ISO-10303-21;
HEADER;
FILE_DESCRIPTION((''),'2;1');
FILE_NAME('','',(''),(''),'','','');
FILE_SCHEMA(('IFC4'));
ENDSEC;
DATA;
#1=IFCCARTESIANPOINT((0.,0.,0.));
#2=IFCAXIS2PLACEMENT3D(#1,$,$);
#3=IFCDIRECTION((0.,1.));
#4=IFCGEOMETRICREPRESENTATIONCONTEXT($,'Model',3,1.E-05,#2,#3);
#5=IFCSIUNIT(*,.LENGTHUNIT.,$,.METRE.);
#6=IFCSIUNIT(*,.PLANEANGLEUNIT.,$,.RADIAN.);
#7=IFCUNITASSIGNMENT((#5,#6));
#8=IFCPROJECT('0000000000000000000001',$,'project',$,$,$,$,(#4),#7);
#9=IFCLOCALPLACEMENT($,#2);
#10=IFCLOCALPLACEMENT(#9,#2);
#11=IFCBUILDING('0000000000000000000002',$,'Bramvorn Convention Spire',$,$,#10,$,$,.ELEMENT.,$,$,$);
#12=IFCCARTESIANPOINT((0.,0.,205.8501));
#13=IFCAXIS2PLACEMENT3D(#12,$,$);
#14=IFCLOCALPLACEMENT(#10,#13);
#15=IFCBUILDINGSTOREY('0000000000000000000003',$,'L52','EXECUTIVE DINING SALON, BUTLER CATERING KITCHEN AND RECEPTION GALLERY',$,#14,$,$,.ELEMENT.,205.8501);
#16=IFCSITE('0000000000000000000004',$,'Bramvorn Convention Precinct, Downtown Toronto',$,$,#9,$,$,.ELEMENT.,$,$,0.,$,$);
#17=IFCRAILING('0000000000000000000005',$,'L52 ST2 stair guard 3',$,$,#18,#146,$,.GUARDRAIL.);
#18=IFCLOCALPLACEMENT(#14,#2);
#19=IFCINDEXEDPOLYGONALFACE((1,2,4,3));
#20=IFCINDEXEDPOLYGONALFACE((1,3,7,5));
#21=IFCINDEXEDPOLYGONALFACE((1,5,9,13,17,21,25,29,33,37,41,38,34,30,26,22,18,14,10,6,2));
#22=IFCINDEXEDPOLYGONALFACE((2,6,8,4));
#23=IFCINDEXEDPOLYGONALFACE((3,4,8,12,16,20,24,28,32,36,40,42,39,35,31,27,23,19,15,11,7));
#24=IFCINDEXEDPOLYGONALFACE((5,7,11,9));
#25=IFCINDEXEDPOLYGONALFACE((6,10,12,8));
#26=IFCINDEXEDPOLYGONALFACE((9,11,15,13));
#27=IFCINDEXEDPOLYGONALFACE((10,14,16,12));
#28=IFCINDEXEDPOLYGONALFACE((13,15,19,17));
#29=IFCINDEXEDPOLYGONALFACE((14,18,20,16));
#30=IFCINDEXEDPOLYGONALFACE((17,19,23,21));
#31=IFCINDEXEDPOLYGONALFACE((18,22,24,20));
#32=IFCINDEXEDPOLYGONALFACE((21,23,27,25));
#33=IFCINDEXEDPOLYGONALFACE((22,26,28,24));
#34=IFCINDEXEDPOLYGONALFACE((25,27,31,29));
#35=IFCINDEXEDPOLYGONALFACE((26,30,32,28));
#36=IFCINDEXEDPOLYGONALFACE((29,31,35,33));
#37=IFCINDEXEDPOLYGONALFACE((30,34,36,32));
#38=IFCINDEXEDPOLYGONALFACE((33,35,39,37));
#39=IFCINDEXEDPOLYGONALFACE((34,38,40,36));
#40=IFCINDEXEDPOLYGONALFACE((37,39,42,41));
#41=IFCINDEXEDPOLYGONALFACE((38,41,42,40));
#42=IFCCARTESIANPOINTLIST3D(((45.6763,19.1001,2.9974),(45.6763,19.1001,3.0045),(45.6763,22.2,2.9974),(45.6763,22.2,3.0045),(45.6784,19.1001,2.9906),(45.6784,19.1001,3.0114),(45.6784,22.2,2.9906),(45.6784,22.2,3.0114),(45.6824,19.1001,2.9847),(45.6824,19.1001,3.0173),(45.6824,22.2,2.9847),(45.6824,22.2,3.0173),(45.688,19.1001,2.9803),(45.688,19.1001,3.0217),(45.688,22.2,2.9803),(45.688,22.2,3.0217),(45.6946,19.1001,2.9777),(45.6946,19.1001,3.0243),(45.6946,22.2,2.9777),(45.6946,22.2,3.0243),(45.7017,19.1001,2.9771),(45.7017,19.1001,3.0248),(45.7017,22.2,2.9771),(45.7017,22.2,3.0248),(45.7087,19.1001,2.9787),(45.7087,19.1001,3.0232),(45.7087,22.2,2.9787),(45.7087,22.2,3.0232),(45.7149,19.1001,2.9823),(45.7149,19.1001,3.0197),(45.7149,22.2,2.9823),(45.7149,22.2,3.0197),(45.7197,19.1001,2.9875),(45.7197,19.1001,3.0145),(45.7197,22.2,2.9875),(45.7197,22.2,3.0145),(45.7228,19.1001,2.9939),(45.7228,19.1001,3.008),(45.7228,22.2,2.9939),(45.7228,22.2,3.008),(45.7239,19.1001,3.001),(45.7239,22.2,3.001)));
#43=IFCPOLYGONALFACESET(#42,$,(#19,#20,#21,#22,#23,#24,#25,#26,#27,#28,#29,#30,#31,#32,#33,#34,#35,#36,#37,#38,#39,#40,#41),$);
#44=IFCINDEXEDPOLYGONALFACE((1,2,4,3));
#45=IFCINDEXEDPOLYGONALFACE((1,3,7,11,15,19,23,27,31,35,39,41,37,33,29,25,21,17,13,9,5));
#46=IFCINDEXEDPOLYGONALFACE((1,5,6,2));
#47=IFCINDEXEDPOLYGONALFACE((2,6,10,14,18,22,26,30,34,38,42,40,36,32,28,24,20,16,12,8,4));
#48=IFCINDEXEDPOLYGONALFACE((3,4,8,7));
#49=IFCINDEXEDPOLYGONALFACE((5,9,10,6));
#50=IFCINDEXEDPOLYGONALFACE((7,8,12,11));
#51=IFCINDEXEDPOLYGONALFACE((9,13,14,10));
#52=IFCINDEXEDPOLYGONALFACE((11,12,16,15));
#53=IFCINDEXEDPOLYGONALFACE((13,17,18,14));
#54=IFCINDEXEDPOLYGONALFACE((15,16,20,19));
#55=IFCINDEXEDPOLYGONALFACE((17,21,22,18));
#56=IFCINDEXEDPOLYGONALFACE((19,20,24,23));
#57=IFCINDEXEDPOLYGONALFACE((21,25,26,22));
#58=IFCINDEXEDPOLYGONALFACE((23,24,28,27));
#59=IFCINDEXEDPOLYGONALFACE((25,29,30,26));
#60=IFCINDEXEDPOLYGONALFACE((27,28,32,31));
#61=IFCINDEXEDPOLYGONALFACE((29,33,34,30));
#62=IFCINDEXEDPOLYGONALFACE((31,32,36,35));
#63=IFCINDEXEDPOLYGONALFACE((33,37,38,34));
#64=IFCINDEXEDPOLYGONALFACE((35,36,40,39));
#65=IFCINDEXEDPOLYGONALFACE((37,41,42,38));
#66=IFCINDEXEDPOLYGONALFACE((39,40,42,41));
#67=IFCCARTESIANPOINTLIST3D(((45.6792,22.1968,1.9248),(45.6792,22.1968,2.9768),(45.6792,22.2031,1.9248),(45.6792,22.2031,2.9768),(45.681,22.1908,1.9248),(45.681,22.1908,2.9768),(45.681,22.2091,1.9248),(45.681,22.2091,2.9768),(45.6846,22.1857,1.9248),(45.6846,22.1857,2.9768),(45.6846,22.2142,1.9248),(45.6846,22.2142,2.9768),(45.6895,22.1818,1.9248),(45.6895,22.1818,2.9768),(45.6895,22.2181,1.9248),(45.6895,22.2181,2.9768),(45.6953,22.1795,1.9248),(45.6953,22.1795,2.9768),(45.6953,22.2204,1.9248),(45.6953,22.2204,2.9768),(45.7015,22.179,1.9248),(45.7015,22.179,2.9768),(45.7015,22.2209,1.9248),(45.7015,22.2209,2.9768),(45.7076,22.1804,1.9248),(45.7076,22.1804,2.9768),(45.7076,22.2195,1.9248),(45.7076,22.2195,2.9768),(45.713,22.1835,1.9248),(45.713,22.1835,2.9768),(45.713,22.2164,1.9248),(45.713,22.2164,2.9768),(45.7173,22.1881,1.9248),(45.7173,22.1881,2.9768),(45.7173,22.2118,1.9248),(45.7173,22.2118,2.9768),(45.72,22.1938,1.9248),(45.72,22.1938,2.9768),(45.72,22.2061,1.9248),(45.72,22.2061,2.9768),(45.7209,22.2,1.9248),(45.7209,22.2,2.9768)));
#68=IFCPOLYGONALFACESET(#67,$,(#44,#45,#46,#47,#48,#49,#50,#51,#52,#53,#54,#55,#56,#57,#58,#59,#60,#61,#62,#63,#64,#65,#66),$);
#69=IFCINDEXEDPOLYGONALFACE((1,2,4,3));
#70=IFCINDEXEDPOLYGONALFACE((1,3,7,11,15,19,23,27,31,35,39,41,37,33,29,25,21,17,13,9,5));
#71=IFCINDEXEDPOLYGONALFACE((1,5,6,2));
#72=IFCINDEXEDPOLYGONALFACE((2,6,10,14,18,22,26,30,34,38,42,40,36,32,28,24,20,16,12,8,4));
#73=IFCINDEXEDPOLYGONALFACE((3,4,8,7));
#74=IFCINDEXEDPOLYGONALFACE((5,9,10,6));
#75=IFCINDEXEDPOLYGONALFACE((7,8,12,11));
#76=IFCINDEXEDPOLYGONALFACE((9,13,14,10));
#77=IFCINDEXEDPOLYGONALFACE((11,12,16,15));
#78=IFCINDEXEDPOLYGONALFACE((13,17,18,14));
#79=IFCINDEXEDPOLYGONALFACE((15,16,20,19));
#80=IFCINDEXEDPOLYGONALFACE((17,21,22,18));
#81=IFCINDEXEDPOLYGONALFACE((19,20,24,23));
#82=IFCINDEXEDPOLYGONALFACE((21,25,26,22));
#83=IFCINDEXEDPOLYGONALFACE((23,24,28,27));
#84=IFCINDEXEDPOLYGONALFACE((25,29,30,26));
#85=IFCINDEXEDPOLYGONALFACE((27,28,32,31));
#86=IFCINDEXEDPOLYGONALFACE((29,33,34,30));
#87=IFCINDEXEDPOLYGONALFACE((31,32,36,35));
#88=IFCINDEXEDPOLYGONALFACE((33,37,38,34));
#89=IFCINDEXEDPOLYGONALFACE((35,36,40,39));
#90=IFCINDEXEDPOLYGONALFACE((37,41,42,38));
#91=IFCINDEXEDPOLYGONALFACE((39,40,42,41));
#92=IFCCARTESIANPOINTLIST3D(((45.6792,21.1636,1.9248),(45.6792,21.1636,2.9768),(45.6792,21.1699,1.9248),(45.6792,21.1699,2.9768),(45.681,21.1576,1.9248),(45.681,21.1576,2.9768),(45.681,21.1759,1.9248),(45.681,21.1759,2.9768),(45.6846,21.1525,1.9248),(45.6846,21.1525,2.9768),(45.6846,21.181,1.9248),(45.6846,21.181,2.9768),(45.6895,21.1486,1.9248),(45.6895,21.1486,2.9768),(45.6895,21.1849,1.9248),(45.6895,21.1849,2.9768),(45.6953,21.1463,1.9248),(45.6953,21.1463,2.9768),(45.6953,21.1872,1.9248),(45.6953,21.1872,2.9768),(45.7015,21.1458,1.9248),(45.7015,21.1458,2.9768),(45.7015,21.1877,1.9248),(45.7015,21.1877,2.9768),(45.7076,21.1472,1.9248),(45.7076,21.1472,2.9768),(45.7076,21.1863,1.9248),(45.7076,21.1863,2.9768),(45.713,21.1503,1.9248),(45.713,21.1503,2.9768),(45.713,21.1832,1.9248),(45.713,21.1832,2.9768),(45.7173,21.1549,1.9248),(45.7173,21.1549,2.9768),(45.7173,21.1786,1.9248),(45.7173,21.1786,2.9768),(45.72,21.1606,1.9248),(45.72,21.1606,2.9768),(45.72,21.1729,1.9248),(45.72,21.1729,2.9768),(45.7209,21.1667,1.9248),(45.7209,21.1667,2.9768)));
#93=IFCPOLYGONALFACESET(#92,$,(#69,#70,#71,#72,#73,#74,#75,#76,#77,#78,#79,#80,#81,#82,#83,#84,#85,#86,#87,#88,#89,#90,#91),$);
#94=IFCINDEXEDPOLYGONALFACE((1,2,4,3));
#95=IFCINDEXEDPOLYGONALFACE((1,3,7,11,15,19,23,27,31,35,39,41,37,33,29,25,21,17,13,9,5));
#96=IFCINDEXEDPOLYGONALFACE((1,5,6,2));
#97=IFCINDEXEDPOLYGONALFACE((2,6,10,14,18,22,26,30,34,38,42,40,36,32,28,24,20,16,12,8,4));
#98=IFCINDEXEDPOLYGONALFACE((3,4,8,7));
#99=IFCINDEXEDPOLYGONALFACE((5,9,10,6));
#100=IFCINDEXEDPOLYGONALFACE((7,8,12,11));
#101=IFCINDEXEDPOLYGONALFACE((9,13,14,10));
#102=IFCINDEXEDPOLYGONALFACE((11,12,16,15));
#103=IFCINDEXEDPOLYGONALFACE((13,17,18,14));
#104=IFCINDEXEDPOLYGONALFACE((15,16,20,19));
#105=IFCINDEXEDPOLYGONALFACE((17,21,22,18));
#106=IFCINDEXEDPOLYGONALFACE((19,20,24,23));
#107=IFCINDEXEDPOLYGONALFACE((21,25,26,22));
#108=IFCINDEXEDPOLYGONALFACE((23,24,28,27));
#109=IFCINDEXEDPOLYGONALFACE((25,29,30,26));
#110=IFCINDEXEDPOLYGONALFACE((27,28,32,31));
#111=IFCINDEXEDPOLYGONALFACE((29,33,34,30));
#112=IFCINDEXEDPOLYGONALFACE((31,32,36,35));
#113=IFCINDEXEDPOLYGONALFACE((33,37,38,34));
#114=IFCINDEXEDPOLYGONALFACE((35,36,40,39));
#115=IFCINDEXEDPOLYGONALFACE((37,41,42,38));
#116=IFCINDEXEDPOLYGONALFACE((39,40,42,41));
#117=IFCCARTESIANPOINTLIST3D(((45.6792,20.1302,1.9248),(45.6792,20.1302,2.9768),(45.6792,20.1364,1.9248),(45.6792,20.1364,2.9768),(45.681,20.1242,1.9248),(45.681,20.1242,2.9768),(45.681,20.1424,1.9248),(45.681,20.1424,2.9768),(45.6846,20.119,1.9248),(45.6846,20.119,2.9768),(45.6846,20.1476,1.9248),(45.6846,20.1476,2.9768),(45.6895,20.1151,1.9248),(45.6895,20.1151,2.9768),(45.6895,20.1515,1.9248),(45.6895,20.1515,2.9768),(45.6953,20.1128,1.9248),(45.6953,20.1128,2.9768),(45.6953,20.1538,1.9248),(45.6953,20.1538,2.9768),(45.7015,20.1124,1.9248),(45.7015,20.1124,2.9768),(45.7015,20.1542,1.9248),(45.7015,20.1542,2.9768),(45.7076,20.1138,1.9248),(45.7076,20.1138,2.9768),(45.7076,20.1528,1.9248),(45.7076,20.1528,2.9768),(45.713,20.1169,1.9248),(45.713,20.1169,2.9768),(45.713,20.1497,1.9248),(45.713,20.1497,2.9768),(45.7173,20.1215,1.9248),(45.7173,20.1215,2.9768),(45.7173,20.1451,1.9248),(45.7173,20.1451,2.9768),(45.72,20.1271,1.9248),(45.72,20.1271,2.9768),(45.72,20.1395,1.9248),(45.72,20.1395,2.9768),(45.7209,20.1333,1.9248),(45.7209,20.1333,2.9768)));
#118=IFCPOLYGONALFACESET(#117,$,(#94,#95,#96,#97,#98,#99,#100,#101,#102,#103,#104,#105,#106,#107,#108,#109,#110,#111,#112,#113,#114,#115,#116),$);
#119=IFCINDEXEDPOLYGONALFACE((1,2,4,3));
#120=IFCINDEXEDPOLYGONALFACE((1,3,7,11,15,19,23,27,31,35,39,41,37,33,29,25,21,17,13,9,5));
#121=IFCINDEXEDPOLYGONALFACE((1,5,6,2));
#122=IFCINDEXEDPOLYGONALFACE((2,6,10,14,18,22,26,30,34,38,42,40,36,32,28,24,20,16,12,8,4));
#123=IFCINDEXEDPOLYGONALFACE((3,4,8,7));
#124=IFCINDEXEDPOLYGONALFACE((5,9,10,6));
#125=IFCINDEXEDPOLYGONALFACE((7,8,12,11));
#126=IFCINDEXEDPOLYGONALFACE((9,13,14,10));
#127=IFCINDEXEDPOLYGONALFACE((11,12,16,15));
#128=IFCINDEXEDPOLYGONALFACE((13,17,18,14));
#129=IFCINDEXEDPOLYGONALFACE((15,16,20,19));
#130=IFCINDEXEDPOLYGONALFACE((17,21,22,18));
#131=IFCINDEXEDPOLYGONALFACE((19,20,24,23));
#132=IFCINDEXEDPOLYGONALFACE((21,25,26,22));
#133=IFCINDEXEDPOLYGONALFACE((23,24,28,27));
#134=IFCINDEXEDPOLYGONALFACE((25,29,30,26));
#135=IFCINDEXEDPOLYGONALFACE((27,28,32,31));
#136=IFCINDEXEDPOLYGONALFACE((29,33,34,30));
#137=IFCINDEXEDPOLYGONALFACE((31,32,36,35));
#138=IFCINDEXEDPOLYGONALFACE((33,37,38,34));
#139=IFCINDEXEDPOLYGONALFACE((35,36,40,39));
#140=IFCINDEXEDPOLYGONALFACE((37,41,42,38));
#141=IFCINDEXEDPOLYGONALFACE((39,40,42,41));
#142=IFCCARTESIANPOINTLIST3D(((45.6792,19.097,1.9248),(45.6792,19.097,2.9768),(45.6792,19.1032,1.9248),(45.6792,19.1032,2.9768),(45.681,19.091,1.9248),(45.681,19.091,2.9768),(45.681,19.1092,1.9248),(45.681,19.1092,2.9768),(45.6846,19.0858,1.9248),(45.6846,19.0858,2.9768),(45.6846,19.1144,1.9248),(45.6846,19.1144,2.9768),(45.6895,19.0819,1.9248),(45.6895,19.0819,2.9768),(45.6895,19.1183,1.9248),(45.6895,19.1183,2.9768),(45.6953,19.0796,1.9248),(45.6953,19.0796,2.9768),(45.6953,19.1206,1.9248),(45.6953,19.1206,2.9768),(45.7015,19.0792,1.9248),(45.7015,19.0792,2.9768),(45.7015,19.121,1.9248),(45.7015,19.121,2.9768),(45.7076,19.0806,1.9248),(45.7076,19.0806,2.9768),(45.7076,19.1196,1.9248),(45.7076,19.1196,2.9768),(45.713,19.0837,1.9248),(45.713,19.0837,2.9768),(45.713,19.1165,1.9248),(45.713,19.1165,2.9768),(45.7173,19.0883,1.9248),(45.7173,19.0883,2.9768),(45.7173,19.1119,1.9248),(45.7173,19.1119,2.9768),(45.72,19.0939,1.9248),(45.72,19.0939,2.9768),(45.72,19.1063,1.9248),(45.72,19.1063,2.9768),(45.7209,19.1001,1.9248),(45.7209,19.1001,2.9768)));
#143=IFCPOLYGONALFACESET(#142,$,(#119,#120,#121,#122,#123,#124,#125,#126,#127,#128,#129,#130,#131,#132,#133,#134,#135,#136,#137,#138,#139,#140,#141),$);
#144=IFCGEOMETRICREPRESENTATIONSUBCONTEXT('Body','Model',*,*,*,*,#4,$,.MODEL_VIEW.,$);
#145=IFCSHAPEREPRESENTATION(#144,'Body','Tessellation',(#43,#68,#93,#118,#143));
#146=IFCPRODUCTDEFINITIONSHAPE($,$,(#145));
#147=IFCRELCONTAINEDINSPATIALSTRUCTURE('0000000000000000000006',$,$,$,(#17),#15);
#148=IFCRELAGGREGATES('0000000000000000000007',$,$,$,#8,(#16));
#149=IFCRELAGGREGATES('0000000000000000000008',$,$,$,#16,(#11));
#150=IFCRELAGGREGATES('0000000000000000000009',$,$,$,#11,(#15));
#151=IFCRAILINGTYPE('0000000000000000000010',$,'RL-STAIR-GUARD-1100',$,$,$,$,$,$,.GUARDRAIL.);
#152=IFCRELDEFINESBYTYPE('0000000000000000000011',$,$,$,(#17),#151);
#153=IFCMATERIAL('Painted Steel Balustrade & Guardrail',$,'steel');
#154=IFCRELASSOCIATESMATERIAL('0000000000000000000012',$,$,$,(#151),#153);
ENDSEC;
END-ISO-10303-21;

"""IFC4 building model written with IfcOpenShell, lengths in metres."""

from ifc_helpers import new_model, si_unit, direction, frame, origin, origin_2d, place, context, subcontext, project, spatial, circle, extrude, material, type_object, element, save


model = new_model("IFC4")

# Units and contexts
model_context = context("Model", 3, precision=1e-05, world=origin(), true_north=direction((0.0, 1.0)))
body_context = subcontext(model_context, "Body", "Model", "MODEL_VIEW")
ifc_project = project(units=[si_unit("LENGTHUNIT", "METRE"), si_unit("PLANEANGLEUNIT", "RADIAN")], contexts=[model_context])

# Site, building, storey
site_placement = place(None, origin())
site = spatial("IfcSite", under=ifc_project, at=site_placement, Name="Bramvorn Convention Precinct, Downtown Toronto", CompositionType="ELEMENT", RefElevation=0.0)
building_placement = place(site_placement, origin())
building = spatial("IfcBuilding", under=site, at=building_placement, Name="Bramvorn Convention Spire", CompositionType="ELEMENT")
storey_placement = place(building_placement, frame((0.0, 0.0, 205.8501)))
storey = spatial("IfcBuildingStorey", under=building, at=storey_placement, Name="L52", Description="EXECUTIVE DINING SALON, BUTLER CATERING KITCHEN AND RECEPTION GALLERY", CompositionType="ELEMENT", Elevation=205.8501)

# Railing
ifc_material_1 = material(Name="Painted Steel Balustrade & Guardrail", Category="steel")
railing_type_1 = type_object("IfcRailingType", Name="RL-STAIR-GUARD-1100", PredefinedType="GUARDRAIL", material=ifc_material_1)
for number, where, name in (
    (1, (45.7, 22.2, 1.9248), "L52 ST2 stair guard 3"),
):
    element("IfcRailing", number, at=place(storey_placement, frame(where)), inside=storey, type_object=railing_type_1, Name=name, PredefinedType="GUARDRAIL", context=body_context, shape_type="SweptSolid", body=[
        extrude(circle(Radius=0.0239, at=origin_2d()), frame((0.0, 0.0, 1.0762), z_axis=(0.0, -1.0, 0.0), x_axis=(1.0, 0.0, 0.0)), (0.0, 0.0, 1.0), 3.0999),
        extrude(circle(Radius=0.021, at=origin_2d()), origin(), (0.0, 0.0, 1.0), 1.052),
        extrude(circle(Radius=0.021, at=origin_2d()), frame((0.0, -1.0332, 0.0)), (0.0, 0.0, 1.0), 1.052),
        extrude(circle(Radius=0.021, at=origin_2d()), frame((0.0, -2.0667, 0.0)), (0.0, 0.0, 1.0), 1.052),
        extrude(circle(Radius=0.021, at=origin_2d()), frame((0.0, -3.0999, 0.0)), (0.0, 0.0, 1.0), 1.052),
    ])

save(model, "model.ifc")
